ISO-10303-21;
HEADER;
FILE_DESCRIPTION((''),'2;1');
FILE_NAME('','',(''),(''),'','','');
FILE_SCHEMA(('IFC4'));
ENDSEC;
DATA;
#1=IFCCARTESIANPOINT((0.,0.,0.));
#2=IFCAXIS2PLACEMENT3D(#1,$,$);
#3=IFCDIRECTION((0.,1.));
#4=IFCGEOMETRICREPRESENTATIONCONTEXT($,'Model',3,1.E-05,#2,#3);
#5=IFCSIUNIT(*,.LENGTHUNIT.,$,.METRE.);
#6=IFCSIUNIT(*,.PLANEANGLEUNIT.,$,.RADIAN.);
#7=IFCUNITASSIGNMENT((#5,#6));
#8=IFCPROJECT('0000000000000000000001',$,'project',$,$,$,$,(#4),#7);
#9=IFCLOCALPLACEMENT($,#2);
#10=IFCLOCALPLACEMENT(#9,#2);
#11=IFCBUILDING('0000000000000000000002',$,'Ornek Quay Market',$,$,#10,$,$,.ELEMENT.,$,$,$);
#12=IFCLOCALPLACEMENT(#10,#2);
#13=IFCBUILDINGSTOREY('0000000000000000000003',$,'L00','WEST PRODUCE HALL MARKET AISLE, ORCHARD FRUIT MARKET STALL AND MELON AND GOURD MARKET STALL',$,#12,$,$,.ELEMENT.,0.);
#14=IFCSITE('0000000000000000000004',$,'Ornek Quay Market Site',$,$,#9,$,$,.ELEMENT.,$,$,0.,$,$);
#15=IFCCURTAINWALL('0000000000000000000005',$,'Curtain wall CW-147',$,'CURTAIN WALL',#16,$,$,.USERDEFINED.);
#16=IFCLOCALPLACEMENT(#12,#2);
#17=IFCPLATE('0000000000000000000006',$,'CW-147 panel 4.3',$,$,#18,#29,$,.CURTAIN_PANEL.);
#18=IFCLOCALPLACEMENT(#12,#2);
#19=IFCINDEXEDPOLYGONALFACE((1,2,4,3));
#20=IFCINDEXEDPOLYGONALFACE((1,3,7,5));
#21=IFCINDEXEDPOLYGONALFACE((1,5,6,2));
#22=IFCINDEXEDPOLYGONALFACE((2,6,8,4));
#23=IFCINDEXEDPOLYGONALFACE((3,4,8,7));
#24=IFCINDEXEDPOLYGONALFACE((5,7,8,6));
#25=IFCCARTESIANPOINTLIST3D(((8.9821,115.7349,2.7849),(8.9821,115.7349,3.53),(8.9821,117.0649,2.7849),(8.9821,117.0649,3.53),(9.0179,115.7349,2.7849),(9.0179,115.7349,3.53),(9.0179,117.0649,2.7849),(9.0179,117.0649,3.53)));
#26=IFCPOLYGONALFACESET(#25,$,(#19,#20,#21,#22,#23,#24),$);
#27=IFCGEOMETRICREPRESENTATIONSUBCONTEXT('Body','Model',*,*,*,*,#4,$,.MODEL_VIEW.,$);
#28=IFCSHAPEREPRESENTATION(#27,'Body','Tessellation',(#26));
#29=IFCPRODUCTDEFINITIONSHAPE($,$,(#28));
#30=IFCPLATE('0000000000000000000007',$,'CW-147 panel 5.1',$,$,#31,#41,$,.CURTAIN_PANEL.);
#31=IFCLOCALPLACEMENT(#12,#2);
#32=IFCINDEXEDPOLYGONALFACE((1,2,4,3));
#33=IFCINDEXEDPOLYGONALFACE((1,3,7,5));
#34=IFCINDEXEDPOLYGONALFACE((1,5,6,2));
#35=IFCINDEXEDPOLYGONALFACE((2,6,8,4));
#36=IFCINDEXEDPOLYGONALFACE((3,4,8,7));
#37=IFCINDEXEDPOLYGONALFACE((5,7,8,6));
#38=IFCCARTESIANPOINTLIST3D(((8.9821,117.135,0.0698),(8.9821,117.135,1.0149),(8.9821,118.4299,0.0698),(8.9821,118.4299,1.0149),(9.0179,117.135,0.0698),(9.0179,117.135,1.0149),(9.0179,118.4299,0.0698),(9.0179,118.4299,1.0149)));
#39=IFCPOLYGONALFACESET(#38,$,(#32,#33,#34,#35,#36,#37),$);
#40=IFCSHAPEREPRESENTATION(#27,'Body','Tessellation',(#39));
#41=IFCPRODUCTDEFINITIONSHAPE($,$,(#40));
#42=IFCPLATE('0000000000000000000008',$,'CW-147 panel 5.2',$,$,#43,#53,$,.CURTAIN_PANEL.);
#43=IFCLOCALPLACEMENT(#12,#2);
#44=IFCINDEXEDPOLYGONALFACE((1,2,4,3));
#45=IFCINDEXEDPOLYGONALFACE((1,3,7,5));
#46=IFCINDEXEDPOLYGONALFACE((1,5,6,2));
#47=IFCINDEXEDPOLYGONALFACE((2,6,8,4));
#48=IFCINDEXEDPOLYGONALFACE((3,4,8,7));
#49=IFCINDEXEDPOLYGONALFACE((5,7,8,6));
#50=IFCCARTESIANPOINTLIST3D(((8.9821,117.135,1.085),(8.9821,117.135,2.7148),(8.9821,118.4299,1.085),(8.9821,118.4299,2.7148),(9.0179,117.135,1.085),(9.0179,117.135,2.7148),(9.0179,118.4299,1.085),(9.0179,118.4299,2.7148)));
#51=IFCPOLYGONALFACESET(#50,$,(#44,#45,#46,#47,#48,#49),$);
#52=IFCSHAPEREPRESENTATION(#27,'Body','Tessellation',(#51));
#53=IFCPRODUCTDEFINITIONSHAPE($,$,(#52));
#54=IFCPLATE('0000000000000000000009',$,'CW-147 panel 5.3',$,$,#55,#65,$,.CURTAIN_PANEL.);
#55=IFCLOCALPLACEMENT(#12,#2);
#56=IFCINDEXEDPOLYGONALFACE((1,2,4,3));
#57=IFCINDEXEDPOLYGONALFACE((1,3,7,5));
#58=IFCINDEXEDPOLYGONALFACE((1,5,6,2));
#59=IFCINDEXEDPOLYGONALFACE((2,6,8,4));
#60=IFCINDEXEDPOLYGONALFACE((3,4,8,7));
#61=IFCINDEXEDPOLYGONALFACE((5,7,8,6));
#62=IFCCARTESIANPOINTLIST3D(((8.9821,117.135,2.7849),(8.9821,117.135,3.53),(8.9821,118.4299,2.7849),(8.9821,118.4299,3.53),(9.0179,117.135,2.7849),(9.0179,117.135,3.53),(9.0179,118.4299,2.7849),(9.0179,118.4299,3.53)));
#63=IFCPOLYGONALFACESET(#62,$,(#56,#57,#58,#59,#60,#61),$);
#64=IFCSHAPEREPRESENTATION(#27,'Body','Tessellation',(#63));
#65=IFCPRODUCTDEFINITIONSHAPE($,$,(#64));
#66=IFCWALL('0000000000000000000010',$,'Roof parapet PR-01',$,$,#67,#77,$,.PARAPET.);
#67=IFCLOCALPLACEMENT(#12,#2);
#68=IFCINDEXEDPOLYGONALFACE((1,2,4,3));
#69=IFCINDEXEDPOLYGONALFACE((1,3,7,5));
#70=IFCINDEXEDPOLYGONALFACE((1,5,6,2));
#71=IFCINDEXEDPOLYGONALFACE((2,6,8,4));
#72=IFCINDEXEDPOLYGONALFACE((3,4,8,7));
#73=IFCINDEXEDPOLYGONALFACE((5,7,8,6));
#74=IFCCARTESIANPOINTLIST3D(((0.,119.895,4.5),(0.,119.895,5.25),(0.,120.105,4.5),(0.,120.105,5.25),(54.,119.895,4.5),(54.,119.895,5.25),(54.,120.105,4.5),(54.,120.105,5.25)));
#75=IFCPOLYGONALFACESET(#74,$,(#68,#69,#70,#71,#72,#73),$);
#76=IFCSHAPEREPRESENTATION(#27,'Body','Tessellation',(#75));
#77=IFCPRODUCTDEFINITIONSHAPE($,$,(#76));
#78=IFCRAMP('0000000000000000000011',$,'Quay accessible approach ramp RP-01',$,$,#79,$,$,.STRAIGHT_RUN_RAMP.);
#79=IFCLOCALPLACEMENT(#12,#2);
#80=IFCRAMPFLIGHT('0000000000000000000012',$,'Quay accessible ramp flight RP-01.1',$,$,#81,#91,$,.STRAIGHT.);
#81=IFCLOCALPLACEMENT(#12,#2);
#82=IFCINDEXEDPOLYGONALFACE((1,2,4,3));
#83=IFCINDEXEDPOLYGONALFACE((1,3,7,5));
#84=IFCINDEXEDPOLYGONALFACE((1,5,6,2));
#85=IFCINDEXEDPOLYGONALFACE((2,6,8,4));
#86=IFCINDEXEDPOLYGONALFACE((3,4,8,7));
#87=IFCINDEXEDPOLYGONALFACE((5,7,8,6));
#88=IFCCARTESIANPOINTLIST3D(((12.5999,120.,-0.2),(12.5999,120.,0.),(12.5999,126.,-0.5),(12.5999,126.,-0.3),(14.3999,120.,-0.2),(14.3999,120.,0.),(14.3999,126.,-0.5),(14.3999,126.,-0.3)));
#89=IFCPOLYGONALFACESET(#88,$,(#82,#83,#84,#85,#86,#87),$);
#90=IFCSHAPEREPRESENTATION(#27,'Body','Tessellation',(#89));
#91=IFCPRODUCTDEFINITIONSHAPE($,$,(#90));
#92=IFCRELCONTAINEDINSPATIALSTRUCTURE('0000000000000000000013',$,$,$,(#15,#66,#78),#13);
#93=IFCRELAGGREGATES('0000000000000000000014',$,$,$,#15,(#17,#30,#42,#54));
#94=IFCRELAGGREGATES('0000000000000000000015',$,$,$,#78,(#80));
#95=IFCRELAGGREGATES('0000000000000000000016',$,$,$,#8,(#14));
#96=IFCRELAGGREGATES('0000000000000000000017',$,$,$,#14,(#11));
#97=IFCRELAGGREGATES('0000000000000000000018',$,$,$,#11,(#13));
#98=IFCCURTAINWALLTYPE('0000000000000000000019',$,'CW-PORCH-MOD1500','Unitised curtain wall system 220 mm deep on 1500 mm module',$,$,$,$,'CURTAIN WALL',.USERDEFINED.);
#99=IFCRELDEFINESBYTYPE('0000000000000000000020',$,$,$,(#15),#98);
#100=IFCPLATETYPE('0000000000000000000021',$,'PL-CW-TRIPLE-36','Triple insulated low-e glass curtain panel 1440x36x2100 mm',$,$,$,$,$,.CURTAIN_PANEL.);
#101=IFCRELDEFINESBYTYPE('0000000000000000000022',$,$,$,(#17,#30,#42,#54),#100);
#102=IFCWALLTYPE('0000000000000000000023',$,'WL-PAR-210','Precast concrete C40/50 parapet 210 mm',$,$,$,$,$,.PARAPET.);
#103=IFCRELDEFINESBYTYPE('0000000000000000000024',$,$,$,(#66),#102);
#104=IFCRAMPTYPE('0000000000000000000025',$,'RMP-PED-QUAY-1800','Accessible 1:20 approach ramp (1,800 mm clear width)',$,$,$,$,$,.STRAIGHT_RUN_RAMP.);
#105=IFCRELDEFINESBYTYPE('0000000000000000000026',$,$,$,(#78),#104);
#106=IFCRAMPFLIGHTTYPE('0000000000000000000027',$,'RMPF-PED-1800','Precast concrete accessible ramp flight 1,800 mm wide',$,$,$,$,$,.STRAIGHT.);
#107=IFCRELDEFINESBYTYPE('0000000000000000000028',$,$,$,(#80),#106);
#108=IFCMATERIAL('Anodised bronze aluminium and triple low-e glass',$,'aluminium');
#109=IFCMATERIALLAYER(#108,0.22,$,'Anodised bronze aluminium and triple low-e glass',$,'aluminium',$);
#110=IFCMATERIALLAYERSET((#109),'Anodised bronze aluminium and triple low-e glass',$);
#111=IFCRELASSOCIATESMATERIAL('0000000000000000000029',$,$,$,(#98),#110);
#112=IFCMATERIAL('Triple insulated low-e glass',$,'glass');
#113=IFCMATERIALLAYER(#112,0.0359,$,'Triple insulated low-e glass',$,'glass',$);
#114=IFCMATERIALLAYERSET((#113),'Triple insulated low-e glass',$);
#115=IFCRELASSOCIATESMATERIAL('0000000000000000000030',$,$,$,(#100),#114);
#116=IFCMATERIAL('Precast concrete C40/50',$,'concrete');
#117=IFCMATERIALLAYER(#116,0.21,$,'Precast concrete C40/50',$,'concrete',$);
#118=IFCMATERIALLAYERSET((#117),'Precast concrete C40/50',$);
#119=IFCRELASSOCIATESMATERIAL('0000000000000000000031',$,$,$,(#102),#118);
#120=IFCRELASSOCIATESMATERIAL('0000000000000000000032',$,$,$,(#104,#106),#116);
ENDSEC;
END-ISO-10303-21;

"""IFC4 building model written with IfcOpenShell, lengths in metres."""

from ifc_helpers import new_model, si_unit, direction, frame, frame_2d, origin, origin_2d, place, context, subcontext, project, spatial, polyline, rectangle, outline, extrude, material, layer, layer_set, type_object, element, aggregate, save


model = new_model("IFC4")

# Units and contexts
model_context = context("Model", 3, precision=1e-05, world=origin(), true_north=direction((0.0, 1.0)))
body_context = subcontext(model_context, "Body", "Model", "MODEL_VIEW")
ifc_project = project(units=[si_unit("LENGTHUNIT", "METRE"), si_unit("PLANEANGLEUNIT", "RADIAN")], contexts=[model_context])

# Site, building, storey
site_placement = place(None, origin())
site = spatial("IfcSite", under=ifc_project, at=site_placement, Name="Ornek Quay Market Site", CompositionType="ELEMENT", RefElevation=0.0)
building_placement = place(site_placement, origin())
building = spatial("IfcBuilding", under=site, at=building_placement, Name="Ornek Quay Market", CompositionType="ELEMENT")
storey_placement = place(building_placement, origin())
storey = spatial("IfcBuildingStorey", under=building, at=storey_placement, Name="L00", Description="WEST PRODUCE HALL MARKET AISLE, ORCHARD FRUIT MARKET STALL AND MELON AND GOURD MARKET STALL", CompositionType="ELEMENT", Elevation=0.0)

# Curtain wall, plates
ifc_material_1 = material(Name="Anodised bronze aluminium and triple low-e glass", Category="aluminium")
ifc_layer_1 = layer(ifc_material_1, 0.22, Name="Anodised bronze aluminium and triple low-e glass", Category="aluminium")
ifc_layer_set_1 = layer_set([ifc_layer_1], Name="Anodised bronze aluminium and triple low-e glass")
curtain_wall_type = type_object("IfcCurtainWallType", Name="CW-PORCH-MOD1500", Description="Unitised curtain wall system 220 mm deep on 1500 mm module", ElementType="CURTAIN WALL", PredefinedType="USERDEFINED", material=ifc_layer_set_1)
curtain_wall_placement = place(storey_placement, origin())
curtain_wall = element("IfcCurtainWall", 1, at=curtain_wall_placement, inside=storey, type_object=curtain_wall_type, Name="Curtain wall CW-147", ObjectType="CURTAIN WALL", PredefinedType="USERDEFINED")
ifc_material_2 = material(Name="Triple insulated low-e glass", Category="glass")
ifc_layer_2 = layer(ifc_material_2, 0.0359, Name="Triple insulated low-e glass", Category="glass")
ifc_layer_set_2 = layer_set([ifc_layer_2], Name="Triple insulated low-e glass")
plate_type = type_object("IfcPlateType", Name="PL-CW-TRIPLE-36", Description="Triple insulated low-e glass curtain panel 1440x36x2100 mm", PredefinedType="CURTAIN_PANEL", material=ifc_layer_set_2)
plate_1_placement = place(storey_placement, frame((9.0, 116.3999, 2.7849), z_axis=(0.0, 0.0, 1.0), x_axis=(0.0, 1.0, 0.0)))
plate_1 = element("IfcPlate", 2, at=plate_1_placement, type_object=plate_type, Name="CW-147 panel 4.3", PredefinedType="CURTAIN_PANEL", context=body_context, shape_type="SweptSolid", body=[
    extrude(rectangle(XDim=1.3301, YDim=0.0359, at=origin_2d()), origin(), (0.0, 0.0, 1.0), 0.7451),
])
plate_2_placement = place(storey_placement, frame((9.0, 117.7825, 0.0698), z_axis=(0.0, 0.0, 1.0), x_axis=(0.0, 1.0, 0.0)))
plate_2 = element("IfcPlate", 3, at=plate_2_placement, type_object=plate_type, Name="CW-147 panel 5.1", PredefinedType="CURTAIN_PANEL", context=body_context, shape_type="SweptSolid", body=[
    extrude(rectangle(XDim=1.2949, YDim=0.0359, at=origin_2d()), origin(), (0.0, 0.0, 1.0), 0.9451),
])
plate_3_placement = place(storey_placement, frame((9.0, 117.7825, 1.085), z_axis=(0.0, 0.0, 1.0), x_axis=(0.0, 1.0, 0.0)))
plate_3 = element("IfcPlate", 4, at=plate_3_placement, type_object=plate_type, Name="CW-147 panel 5.2", PredefinedType="CURTAIN_PANEL", context=body_context, shape_type="SweptSolid", body=[
    extrude(rectangle(XDim=1.2949, YDim=0.0359, at=origin_2d()), origin(), (0.0, 0.0, 1.0), 1.6299),
])
plate_4_placement = place(storey_placement, frame((9.0, 117.7825, 2.7849), z_axis=(0.0, 0.0, 1.0), x_axis=(0.0, 1.0, 0.0)))
plate_4 = element("IfcPlate", 5, at=plate_4_placement, type_object=plate_type, Name="CW-147 panel 5.3", PredefinedType="CURTAIN_PANEL", context=body_context, shape_type="SweptSolid", body=[
    extrude(rectangle(XDim=1.2949, YDim=0.0359, at=origin_2d()), origin(), (0.0, 0.0, 1.0), 0.7451),
])
aggregate(curtain_wall, [plate_1, plate_2, plate_3, plate_4])

# Wall
ifc_material_3 = material(Name="Precast concrete C40/50", Category="concrete")
ifc_layer_3 = layer(ifc_material_3, 0.21, Name="Precast concrete C40/50", Category="concrete")
ifc_layer_set_3 = layer_set([ifc_layer_3], Name="Precast concrete C40/50")
wall_type = type_object("IfcWallType", Name="WL-PAR-210", Description="Precast concrete C40/50 parapet 210 mm", PredefinedType="PARAPET", material=ifc_layer_set_3)
wall_placement = place(storey_placement, frame((0.0, 120.0, 4.5), z_axis=(0.0, 0.0, 1.0), x_axis=(1.0, 0.0, 0.0)))
element("IfcWall", 6, at=wall_placement, inside=storey, type_object=wall_type, Name="Roof parapet PR-01", PredefinedType="PARAPET", context=body_context, shape_type="SweptSolid", body=[
    extrude(rectangle(XDim=54.0, YDim=0.21, at=frame_2d((27.0, 0.0))), origin(), (0.0, 0.0, 1.0), 0.75),
])

# Ramp, ramp flight
ramp_type = type_object("IfcRampType", Name="RMP-PED-QUAY-1800", Description="Accessible 1:20 approach ramp (1,800 mm clear width)", PredefinedType="STRAIGHT_RUN_RAMP", material=ifc_material_3)
ramp_placement = place(storey_placement, origin())
ramp = element("IfcRamp", 7, at=ramp_placement, inside=storey, type_object=ramp_type, Name="Quay accessible approach ramp RP-01", PredefinedType="STRAIGHT_RUN_RAMP")
ramp_flight_type = type_object("IfcRampFlightType", Name="RMPF-PED-1800", Description="Precast concrete accessible ramp flight 1,800 mm wide", PredefinedType="STRAIGHT", material=ifc_material_3)
ramp_flight_placement = place(storey_placement, frame((13.5, 126.0, -0.3), z_axis=(0.0, 0.0, 1.0), x_axis=(0.0, -1.0, 0.0)))
ramp_flight = element("IfcRampFlight", 8, at=ramp_flight_placement, type_object=ramp_flight_type, Name="Quay accessible ramp flight RP-01.1", PredefinedType="STRAIGHT", context=body_context, shape_type="SweptSolid", body=[
    extrude(outline(polyline([(0.0, 0.0), (6.0, 0.3), (6.0, 0.1001), (0.0, -0.2), (0.0, 0.0)])), frame((0.0, 0.8999, 0.0), z_axis=(0.0, -1.0, 0.0), x_axis=(1.0, 0.0, 0.0)), (0.0, 0.0, 1.0), 1.8),
])
aggregate(ramp, [ramp_flight])

save(model, "model.ifc")
